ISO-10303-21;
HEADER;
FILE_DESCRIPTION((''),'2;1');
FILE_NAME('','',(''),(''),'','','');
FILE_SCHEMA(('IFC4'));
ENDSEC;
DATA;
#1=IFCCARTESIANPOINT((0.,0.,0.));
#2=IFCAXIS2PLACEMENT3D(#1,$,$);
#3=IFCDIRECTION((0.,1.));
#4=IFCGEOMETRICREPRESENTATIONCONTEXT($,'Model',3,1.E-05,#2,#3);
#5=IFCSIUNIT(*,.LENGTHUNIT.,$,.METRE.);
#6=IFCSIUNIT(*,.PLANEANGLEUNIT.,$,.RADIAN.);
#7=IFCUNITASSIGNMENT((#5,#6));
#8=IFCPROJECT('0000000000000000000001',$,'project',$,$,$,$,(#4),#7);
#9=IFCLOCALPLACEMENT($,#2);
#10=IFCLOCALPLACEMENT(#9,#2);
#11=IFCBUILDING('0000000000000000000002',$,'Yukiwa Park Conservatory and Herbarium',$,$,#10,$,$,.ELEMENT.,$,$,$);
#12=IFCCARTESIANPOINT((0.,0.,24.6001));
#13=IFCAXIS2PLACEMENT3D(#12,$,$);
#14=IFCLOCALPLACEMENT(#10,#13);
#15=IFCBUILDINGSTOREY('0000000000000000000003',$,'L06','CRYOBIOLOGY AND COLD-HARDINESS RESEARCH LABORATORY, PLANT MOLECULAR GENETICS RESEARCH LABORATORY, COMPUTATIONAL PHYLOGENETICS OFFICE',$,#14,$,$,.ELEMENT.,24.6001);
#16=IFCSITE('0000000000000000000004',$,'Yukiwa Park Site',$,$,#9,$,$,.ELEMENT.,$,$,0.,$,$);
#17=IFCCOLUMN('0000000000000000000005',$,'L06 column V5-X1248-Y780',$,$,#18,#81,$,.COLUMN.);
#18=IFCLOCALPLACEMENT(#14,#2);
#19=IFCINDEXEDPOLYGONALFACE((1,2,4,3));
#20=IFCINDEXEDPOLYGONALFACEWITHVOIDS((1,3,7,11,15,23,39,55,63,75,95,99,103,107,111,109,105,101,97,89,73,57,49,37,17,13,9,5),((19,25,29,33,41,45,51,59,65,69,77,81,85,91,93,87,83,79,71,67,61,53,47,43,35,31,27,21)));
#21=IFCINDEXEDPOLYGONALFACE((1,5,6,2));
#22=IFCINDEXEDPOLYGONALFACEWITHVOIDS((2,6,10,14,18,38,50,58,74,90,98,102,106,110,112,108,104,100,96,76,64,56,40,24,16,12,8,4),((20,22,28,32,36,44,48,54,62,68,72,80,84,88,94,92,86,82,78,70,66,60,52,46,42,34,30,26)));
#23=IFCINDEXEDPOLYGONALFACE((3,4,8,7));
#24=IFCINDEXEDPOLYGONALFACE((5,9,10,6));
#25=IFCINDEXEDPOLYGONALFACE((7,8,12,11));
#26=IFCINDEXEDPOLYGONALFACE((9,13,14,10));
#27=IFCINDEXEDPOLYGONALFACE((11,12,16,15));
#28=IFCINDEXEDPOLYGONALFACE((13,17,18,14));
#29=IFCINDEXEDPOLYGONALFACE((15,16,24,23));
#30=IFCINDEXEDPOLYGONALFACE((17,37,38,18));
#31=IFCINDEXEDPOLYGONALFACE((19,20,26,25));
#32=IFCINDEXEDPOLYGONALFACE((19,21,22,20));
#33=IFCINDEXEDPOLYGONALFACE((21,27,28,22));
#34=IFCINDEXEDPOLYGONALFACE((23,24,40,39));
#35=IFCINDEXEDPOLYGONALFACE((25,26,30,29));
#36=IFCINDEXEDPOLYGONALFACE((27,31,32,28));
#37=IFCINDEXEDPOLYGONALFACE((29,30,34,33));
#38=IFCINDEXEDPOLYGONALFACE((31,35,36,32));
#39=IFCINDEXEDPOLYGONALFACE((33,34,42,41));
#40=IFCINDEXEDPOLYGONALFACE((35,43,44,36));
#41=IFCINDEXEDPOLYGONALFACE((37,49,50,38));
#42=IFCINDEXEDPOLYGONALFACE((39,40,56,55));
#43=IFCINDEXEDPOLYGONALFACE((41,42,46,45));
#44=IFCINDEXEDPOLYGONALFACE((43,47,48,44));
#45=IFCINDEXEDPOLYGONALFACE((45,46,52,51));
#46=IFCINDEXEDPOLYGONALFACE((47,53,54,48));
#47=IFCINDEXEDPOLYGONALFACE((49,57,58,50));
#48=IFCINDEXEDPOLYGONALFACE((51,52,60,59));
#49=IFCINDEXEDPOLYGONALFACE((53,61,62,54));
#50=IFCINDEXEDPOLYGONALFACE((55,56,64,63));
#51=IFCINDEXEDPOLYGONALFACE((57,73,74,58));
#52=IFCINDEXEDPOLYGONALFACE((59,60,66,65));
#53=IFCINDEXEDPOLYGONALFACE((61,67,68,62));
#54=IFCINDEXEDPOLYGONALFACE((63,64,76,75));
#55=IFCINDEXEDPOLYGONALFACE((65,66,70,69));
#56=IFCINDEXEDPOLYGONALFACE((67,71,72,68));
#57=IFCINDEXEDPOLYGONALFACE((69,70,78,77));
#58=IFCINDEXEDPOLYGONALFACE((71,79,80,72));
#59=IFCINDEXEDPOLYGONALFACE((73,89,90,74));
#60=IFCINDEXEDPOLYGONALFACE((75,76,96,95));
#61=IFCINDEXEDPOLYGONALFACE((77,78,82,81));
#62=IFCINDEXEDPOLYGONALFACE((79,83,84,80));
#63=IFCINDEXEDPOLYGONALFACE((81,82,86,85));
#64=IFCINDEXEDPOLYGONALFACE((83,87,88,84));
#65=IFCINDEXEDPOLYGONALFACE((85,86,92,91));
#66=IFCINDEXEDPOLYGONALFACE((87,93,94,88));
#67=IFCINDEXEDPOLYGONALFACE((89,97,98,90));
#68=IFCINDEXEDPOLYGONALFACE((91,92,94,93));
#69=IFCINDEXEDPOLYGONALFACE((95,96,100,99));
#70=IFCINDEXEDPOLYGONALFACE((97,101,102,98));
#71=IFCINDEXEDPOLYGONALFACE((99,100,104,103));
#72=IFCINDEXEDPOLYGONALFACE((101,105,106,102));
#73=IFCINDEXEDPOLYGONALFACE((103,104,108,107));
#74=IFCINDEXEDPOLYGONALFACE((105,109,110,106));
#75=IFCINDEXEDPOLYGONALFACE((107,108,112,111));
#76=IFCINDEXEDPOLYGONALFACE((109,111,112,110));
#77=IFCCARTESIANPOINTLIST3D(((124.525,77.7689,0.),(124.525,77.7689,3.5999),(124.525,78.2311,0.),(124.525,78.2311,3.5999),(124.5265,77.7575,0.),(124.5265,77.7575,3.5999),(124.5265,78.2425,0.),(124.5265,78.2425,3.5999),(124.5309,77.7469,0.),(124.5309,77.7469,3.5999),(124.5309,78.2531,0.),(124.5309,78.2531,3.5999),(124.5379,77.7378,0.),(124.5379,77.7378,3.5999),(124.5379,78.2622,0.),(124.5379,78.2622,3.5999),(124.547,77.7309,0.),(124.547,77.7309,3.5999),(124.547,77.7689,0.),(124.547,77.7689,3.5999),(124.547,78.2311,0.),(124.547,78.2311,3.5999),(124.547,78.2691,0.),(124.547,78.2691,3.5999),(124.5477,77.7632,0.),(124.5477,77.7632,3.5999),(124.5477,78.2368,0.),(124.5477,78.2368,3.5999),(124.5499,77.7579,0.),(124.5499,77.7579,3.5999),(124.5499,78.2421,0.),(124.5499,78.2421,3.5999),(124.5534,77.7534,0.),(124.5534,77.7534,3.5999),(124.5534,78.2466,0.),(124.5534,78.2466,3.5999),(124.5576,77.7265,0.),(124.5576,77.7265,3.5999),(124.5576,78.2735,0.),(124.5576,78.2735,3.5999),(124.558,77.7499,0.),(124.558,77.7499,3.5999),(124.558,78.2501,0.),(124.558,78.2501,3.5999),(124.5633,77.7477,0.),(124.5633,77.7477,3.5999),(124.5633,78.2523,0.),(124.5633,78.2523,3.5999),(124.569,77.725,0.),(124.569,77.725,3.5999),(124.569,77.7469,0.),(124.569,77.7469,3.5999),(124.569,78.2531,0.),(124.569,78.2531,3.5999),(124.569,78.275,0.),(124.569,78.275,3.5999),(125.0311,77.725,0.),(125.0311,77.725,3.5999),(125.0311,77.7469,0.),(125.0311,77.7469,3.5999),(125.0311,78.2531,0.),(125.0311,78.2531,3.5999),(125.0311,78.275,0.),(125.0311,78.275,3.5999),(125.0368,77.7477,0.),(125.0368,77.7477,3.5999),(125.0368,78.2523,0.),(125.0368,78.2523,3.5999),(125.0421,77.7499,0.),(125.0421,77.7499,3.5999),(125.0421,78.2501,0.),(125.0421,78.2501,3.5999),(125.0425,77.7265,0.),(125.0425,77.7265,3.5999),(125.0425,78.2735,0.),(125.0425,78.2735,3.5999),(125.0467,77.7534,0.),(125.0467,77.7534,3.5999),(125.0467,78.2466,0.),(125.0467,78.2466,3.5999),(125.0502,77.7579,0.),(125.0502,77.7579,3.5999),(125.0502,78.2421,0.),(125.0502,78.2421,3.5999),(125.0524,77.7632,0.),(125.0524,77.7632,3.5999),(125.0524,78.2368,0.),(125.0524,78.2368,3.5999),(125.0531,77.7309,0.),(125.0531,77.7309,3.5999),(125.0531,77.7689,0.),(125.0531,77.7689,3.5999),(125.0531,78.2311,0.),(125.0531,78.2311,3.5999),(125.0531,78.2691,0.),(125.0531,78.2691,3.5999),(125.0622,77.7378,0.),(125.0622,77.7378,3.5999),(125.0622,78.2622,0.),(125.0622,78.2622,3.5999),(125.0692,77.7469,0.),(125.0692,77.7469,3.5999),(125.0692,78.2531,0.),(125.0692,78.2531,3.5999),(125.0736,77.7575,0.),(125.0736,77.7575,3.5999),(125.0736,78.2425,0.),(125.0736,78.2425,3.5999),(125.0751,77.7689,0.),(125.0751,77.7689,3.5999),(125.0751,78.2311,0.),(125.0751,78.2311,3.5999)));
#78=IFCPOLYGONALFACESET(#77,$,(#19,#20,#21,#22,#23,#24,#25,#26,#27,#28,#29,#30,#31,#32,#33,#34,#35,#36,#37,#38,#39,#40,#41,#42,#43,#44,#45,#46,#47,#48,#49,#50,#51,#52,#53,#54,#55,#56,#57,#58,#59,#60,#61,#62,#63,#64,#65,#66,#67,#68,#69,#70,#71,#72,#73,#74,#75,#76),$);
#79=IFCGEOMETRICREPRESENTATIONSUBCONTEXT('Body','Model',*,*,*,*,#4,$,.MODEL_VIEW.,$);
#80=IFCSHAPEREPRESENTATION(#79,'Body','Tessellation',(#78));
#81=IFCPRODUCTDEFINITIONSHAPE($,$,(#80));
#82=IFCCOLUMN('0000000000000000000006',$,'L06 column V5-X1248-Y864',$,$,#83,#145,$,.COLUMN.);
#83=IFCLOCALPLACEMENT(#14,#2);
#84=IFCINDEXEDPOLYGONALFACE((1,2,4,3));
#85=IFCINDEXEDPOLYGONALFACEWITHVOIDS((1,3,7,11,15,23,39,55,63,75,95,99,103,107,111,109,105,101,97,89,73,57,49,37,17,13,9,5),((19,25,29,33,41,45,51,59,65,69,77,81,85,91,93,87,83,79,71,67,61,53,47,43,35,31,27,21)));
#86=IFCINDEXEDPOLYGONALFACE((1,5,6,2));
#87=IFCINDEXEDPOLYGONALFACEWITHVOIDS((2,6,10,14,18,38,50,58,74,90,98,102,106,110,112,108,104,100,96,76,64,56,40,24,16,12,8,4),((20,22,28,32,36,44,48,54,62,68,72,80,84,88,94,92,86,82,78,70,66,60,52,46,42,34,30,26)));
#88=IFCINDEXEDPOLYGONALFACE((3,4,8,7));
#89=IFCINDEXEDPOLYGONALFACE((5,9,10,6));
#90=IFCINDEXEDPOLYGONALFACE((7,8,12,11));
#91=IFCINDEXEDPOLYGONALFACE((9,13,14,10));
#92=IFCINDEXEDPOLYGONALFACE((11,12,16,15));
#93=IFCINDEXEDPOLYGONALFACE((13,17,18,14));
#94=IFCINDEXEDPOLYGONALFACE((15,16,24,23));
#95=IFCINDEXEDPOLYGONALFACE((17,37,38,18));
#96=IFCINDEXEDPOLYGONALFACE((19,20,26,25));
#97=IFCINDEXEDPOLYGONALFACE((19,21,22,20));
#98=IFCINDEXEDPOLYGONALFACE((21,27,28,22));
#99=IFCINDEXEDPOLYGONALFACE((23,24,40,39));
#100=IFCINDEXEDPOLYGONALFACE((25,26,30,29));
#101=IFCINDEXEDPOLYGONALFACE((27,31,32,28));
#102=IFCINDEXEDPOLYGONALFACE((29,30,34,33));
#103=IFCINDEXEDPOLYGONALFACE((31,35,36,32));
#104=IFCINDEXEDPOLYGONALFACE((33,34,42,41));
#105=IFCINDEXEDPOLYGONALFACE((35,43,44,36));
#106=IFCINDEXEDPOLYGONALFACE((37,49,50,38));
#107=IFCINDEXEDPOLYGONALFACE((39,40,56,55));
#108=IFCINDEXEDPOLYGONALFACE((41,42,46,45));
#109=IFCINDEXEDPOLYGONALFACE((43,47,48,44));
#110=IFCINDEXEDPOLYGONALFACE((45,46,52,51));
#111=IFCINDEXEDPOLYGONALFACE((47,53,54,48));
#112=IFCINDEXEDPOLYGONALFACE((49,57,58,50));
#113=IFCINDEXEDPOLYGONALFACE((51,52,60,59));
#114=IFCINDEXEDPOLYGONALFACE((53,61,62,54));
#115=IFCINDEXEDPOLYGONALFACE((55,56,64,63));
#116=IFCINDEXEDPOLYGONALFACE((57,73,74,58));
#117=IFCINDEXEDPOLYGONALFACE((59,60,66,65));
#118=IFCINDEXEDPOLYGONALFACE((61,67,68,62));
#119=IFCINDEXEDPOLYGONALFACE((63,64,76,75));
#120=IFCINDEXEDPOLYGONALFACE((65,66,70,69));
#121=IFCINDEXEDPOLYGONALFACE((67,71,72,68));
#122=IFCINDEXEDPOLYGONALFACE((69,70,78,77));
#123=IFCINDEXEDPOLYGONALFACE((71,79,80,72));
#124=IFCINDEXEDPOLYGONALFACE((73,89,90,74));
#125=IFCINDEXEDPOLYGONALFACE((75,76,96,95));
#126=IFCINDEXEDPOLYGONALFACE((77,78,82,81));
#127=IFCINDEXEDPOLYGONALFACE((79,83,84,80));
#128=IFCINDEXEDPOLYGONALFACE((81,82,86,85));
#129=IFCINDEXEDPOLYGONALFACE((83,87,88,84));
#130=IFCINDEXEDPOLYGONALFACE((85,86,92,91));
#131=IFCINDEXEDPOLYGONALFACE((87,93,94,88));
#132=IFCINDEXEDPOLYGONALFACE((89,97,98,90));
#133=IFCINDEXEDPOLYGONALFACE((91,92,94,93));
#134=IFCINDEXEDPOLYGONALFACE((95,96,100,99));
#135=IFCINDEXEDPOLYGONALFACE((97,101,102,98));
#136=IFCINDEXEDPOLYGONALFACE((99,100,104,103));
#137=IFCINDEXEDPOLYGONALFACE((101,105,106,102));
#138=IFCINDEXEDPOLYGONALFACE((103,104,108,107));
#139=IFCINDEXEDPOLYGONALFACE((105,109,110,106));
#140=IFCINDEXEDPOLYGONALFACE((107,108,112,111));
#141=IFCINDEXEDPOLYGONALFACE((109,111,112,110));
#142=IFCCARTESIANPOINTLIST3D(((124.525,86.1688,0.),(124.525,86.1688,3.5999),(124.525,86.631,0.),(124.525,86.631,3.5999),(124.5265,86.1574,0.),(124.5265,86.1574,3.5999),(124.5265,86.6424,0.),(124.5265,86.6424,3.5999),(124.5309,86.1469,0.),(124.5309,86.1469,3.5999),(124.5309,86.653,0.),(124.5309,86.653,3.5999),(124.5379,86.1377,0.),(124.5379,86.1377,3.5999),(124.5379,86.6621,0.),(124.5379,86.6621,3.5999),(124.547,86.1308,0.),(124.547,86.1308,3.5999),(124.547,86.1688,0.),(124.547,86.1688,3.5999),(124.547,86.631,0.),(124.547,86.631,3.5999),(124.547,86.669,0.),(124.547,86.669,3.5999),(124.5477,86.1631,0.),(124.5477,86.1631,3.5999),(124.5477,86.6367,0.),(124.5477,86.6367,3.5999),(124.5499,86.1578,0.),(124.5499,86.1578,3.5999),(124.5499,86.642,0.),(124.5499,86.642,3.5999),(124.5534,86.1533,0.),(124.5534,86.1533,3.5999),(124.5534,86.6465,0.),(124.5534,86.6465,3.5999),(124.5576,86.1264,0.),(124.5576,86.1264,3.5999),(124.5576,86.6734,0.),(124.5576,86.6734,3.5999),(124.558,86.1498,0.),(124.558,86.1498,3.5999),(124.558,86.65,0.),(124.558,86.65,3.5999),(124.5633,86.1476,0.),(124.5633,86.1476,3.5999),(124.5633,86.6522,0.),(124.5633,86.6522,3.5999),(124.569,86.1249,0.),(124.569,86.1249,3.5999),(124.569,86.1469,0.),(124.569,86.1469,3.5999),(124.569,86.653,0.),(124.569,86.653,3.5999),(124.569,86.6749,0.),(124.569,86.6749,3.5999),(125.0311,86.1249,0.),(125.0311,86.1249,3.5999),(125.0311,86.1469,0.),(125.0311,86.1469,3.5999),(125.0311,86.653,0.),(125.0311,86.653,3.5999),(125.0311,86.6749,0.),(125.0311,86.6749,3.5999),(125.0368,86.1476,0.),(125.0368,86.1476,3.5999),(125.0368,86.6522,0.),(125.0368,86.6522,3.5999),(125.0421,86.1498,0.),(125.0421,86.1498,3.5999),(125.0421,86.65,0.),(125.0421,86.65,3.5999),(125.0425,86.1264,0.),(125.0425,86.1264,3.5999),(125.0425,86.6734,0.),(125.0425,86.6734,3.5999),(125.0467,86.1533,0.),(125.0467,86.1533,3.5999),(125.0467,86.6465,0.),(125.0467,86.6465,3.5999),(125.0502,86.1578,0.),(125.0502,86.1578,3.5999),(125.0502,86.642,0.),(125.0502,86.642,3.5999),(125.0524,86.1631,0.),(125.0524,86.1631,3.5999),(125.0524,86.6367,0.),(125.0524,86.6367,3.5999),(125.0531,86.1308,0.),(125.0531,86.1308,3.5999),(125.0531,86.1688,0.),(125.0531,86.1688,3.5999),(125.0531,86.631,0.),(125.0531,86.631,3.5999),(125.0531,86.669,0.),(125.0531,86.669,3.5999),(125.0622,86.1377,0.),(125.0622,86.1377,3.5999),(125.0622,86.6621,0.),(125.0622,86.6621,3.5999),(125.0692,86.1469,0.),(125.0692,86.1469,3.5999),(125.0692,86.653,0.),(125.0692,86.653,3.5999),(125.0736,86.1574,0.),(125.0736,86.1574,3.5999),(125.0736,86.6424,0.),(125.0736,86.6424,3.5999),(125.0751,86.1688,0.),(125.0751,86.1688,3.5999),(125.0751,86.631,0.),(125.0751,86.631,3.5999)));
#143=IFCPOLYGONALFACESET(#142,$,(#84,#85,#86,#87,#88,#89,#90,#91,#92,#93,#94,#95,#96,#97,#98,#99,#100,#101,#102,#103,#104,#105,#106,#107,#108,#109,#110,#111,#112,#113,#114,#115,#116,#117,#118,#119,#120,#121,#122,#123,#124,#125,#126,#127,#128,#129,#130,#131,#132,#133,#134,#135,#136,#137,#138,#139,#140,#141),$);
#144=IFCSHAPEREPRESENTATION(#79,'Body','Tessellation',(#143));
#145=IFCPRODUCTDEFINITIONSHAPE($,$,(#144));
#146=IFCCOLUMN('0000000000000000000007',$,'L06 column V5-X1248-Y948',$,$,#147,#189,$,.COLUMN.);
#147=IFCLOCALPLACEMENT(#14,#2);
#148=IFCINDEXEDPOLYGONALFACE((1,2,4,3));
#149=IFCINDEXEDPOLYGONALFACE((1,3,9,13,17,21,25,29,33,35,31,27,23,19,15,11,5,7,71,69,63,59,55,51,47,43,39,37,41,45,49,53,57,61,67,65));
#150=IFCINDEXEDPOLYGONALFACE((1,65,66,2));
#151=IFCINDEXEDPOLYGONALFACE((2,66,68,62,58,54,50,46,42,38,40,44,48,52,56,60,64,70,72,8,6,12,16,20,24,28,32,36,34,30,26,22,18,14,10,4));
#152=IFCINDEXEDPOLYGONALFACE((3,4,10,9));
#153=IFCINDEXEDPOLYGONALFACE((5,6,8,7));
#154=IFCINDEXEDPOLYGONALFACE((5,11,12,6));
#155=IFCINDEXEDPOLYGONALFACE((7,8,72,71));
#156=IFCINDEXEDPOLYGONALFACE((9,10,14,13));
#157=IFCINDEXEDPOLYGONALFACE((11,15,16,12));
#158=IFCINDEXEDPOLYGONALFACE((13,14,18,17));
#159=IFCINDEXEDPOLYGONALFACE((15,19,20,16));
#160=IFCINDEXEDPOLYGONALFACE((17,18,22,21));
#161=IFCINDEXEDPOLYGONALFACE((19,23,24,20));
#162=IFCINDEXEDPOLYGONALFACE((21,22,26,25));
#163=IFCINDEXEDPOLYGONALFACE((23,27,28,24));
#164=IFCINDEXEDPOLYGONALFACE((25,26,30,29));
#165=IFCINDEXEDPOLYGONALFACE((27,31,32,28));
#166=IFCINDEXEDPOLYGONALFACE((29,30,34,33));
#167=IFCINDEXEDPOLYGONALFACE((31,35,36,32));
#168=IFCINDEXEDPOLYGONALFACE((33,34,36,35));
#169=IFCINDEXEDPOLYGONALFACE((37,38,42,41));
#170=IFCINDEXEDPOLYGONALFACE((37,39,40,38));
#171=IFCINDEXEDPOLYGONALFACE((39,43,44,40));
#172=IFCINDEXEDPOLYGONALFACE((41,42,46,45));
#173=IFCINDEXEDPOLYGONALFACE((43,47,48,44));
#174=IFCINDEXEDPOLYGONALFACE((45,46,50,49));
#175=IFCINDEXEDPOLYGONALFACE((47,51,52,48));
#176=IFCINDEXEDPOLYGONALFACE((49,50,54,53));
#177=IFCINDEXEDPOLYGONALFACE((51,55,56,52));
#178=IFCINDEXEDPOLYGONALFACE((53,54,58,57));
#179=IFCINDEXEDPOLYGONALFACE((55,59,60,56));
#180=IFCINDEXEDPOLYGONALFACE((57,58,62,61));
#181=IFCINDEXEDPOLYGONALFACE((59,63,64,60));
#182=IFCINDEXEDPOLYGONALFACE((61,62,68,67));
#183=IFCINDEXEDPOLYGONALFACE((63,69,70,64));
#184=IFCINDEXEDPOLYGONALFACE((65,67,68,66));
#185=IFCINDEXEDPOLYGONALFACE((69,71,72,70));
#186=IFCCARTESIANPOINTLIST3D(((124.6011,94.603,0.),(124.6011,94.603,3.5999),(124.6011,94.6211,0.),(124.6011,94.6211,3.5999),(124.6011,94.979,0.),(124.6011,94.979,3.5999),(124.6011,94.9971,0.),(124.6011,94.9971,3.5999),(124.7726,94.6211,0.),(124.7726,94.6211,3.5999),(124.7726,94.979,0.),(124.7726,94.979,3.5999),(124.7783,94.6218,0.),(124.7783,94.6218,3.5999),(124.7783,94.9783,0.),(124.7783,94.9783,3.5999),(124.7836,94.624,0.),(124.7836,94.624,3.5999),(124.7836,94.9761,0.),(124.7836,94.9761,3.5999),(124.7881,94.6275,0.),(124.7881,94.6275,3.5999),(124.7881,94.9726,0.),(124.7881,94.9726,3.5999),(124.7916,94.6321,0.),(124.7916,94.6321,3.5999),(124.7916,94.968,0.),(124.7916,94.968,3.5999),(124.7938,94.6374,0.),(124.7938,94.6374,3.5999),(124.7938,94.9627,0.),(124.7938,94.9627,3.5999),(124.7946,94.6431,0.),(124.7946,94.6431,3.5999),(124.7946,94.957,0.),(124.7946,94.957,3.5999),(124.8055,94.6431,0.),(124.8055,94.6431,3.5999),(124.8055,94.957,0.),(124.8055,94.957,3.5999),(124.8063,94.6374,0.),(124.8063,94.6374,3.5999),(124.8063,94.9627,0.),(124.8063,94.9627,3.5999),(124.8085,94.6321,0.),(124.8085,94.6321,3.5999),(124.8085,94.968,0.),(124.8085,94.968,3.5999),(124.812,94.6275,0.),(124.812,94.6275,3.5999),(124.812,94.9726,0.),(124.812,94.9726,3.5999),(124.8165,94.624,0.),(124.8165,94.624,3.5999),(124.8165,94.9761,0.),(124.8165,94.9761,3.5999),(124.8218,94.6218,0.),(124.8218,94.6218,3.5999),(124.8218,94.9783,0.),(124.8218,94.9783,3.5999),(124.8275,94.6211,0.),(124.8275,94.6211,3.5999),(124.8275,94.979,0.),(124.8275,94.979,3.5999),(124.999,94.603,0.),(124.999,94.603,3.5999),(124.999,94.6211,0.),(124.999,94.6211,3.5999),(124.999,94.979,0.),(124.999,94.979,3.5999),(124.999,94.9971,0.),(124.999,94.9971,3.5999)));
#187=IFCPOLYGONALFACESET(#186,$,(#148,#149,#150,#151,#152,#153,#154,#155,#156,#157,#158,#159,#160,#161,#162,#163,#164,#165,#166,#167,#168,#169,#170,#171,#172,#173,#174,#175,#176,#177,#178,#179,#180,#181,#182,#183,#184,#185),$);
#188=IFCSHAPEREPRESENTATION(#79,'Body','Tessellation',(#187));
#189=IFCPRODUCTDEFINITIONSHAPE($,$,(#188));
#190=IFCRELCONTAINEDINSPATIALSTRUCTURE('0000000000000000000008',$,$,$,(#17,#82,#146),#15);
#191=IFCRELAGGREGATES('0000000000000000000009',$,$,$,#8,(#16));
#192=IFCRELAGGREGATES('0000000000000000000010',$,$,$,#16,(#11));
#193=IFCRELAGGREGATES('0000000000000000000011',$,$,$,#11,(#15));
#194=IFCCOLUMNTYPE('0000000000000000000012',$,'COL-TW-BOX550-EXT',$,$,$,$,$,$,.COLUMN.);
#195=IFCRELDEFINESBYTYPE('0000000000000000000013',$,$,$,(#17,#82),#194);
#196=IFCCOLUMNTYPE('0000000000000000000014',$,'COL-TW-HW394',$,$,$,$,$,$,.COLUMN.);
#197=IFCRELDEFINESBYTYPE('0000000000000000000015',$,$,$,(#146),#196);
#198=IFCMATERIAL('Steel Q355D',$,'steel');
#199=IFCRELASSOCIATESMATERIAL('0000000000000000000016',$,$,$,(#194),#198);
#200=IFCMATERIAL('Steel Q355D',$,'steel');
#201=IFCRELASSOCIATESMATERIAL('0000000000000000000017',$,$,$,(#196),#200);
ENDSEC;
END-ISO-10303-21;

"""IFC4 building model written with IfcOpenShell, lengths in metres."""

from ifc_helpers import new_model, si_unit, direction, frame, origin, origin_2d, place, context, subcontext, project, spatial, hollow_rectangle, i_section, extrude, material, material_profile, profile_set, type_object, element, save


model = new_model("IFC4")

# Units and contexts
model_context = context("Model", 3, precision=1e-05, world=origin(), true_north=direction((0.0, 1.0)))
body_context = subcontext(model_context, "Body", "Model", "MODEL_VIEW")
ifc_project = project(units=[si_unit("LENGTHUNIT", "METRE"), si_unit("PLANEANGLEUNIT", "RADIAN")], contexts=[model_context])

# Site, building, storey
site_placement = place(None, origin())
site = spatial("IfcSite", under=ifc_project, at=site_placement, Name="Yukiwa Park Site", CompositionType="ELEMENT", RefElevation=0.0)
building_placement = place(site_placement, origin())
building = spatial("IfcBuilding", under=site, at=building_placement, Name="Yukiwa Park Conservatory and Herbarium", CompositionType="ELEMENT")
storey_placement = place(building_placement, frame((0.0, 0.0, 24.6001)))
storey = spatial("IfcBuildingStorey", under=building, at=storey_placement, Name="L06", Description="CRYOBIOLOGY AND COLD-HARDINESS RESEARCH LABORATORY, PLANT MOLECULAR GENETICS RESEARCH LABORATORY, COMPUTATIONAL PHYLOGENETICS OFFICE", CompositionType="ELEMENT", Elevation=24.6001)

# Columns
ifc_material_1 = material(Name="Steel Q355D", Category="steel")
ifc_material_profile_1 = material_profile(ifc_material_1, hollow_rectangle(XDim=0.55, YDim=0.55, WallThickness=0.022, InnerFilletRadius=0.022, OuterFilletRadius=0.0439, at=origin_2d()), Name="BOX 550x550x22")
ifc_profile_set_1 = profile_set([ifc_material_profile_1], Name="Steel Q355D")
column_type_1 = type_object("IfcColumnType", Name="COL-TW-BOX550-EXT", PredefinedType="COLUMN", material=ifc_profile_set_1)
for number, where, z_axis, x_axis, name in (
    (1, (124.8, 78.0, 0.0), (0.0, 0.0, 1.0), (1.0, 0.0, 0.0), "L06 column V5-X1248-Y780"),
    (2, (124.8, 86.3999, 0.0), (0.0, 0.0, 1.0), (1.0, 0.0, 0.0), "L06 column V5-X1248-Y864"),
):
    element("IfcColumn", number, at=place(storey_placement, frame(where, z_axis=z_axis, x_axis=x_axis)), inside=storey, type_object=column_type_1, Name=name, PredefinedType="COLUMN", context=body_context, shape_type="SweptSolid", body=[
        extrude(hollow_rectangle(XDim=0.55, YDim=0.55, WallThickness=0.022, InnerFilletRadius=0.022, OuterFilletRadius=0.0439, at=origin_2d()), origin(), (0.0, 0.0, 1.0), 3.5999),
    ])
ifc_material_2 = material(Name="Steel Q355D", Category="steel")
ifc_material_profile_2 = material_profile(ifc_material_2, i_section(OverallWidth=0.3979, OverallDepth=0.394, WebThickness=0.011, FlangeThickness=0.0181, FilletRadius=0.022, at=origin_2d()), Name="HW 394x398x11x18")
ifc_profile_set_2 = profile_set([ifc_material_profile_2], Name="Steel Q355D")
column_type_2 = type_object("IfcColumnType", Name="COL-TW-HW394", PredefinedType="COLUMN", material=ifc_profile_set_2)
column_placement = place(storey_placement, frame((124.8, 94.8, 0.0), z_axis=(0.0, 0.0, 1.0), x_axis=(1.0, 0.0, 0.0)))
element("IfcColumn", 3, at=column_placement, inside=storey, type_object=column_type_2, Name="L06 column V5-X1248-Y948", PredefinedType="COLUMN", context=body_context, shape_type="SweptSolid", body=[
    extrude(i_section(OverallWidth=0.3979, OverallDepth=0.394, WebThickness=0.011, FlangeThickness=0.0181, FilletRadius=0.022, at=origin_2d()), origin(), (0.0, 0.0, 1.0), 3.5999),
])

save(model, "model.ifc")
